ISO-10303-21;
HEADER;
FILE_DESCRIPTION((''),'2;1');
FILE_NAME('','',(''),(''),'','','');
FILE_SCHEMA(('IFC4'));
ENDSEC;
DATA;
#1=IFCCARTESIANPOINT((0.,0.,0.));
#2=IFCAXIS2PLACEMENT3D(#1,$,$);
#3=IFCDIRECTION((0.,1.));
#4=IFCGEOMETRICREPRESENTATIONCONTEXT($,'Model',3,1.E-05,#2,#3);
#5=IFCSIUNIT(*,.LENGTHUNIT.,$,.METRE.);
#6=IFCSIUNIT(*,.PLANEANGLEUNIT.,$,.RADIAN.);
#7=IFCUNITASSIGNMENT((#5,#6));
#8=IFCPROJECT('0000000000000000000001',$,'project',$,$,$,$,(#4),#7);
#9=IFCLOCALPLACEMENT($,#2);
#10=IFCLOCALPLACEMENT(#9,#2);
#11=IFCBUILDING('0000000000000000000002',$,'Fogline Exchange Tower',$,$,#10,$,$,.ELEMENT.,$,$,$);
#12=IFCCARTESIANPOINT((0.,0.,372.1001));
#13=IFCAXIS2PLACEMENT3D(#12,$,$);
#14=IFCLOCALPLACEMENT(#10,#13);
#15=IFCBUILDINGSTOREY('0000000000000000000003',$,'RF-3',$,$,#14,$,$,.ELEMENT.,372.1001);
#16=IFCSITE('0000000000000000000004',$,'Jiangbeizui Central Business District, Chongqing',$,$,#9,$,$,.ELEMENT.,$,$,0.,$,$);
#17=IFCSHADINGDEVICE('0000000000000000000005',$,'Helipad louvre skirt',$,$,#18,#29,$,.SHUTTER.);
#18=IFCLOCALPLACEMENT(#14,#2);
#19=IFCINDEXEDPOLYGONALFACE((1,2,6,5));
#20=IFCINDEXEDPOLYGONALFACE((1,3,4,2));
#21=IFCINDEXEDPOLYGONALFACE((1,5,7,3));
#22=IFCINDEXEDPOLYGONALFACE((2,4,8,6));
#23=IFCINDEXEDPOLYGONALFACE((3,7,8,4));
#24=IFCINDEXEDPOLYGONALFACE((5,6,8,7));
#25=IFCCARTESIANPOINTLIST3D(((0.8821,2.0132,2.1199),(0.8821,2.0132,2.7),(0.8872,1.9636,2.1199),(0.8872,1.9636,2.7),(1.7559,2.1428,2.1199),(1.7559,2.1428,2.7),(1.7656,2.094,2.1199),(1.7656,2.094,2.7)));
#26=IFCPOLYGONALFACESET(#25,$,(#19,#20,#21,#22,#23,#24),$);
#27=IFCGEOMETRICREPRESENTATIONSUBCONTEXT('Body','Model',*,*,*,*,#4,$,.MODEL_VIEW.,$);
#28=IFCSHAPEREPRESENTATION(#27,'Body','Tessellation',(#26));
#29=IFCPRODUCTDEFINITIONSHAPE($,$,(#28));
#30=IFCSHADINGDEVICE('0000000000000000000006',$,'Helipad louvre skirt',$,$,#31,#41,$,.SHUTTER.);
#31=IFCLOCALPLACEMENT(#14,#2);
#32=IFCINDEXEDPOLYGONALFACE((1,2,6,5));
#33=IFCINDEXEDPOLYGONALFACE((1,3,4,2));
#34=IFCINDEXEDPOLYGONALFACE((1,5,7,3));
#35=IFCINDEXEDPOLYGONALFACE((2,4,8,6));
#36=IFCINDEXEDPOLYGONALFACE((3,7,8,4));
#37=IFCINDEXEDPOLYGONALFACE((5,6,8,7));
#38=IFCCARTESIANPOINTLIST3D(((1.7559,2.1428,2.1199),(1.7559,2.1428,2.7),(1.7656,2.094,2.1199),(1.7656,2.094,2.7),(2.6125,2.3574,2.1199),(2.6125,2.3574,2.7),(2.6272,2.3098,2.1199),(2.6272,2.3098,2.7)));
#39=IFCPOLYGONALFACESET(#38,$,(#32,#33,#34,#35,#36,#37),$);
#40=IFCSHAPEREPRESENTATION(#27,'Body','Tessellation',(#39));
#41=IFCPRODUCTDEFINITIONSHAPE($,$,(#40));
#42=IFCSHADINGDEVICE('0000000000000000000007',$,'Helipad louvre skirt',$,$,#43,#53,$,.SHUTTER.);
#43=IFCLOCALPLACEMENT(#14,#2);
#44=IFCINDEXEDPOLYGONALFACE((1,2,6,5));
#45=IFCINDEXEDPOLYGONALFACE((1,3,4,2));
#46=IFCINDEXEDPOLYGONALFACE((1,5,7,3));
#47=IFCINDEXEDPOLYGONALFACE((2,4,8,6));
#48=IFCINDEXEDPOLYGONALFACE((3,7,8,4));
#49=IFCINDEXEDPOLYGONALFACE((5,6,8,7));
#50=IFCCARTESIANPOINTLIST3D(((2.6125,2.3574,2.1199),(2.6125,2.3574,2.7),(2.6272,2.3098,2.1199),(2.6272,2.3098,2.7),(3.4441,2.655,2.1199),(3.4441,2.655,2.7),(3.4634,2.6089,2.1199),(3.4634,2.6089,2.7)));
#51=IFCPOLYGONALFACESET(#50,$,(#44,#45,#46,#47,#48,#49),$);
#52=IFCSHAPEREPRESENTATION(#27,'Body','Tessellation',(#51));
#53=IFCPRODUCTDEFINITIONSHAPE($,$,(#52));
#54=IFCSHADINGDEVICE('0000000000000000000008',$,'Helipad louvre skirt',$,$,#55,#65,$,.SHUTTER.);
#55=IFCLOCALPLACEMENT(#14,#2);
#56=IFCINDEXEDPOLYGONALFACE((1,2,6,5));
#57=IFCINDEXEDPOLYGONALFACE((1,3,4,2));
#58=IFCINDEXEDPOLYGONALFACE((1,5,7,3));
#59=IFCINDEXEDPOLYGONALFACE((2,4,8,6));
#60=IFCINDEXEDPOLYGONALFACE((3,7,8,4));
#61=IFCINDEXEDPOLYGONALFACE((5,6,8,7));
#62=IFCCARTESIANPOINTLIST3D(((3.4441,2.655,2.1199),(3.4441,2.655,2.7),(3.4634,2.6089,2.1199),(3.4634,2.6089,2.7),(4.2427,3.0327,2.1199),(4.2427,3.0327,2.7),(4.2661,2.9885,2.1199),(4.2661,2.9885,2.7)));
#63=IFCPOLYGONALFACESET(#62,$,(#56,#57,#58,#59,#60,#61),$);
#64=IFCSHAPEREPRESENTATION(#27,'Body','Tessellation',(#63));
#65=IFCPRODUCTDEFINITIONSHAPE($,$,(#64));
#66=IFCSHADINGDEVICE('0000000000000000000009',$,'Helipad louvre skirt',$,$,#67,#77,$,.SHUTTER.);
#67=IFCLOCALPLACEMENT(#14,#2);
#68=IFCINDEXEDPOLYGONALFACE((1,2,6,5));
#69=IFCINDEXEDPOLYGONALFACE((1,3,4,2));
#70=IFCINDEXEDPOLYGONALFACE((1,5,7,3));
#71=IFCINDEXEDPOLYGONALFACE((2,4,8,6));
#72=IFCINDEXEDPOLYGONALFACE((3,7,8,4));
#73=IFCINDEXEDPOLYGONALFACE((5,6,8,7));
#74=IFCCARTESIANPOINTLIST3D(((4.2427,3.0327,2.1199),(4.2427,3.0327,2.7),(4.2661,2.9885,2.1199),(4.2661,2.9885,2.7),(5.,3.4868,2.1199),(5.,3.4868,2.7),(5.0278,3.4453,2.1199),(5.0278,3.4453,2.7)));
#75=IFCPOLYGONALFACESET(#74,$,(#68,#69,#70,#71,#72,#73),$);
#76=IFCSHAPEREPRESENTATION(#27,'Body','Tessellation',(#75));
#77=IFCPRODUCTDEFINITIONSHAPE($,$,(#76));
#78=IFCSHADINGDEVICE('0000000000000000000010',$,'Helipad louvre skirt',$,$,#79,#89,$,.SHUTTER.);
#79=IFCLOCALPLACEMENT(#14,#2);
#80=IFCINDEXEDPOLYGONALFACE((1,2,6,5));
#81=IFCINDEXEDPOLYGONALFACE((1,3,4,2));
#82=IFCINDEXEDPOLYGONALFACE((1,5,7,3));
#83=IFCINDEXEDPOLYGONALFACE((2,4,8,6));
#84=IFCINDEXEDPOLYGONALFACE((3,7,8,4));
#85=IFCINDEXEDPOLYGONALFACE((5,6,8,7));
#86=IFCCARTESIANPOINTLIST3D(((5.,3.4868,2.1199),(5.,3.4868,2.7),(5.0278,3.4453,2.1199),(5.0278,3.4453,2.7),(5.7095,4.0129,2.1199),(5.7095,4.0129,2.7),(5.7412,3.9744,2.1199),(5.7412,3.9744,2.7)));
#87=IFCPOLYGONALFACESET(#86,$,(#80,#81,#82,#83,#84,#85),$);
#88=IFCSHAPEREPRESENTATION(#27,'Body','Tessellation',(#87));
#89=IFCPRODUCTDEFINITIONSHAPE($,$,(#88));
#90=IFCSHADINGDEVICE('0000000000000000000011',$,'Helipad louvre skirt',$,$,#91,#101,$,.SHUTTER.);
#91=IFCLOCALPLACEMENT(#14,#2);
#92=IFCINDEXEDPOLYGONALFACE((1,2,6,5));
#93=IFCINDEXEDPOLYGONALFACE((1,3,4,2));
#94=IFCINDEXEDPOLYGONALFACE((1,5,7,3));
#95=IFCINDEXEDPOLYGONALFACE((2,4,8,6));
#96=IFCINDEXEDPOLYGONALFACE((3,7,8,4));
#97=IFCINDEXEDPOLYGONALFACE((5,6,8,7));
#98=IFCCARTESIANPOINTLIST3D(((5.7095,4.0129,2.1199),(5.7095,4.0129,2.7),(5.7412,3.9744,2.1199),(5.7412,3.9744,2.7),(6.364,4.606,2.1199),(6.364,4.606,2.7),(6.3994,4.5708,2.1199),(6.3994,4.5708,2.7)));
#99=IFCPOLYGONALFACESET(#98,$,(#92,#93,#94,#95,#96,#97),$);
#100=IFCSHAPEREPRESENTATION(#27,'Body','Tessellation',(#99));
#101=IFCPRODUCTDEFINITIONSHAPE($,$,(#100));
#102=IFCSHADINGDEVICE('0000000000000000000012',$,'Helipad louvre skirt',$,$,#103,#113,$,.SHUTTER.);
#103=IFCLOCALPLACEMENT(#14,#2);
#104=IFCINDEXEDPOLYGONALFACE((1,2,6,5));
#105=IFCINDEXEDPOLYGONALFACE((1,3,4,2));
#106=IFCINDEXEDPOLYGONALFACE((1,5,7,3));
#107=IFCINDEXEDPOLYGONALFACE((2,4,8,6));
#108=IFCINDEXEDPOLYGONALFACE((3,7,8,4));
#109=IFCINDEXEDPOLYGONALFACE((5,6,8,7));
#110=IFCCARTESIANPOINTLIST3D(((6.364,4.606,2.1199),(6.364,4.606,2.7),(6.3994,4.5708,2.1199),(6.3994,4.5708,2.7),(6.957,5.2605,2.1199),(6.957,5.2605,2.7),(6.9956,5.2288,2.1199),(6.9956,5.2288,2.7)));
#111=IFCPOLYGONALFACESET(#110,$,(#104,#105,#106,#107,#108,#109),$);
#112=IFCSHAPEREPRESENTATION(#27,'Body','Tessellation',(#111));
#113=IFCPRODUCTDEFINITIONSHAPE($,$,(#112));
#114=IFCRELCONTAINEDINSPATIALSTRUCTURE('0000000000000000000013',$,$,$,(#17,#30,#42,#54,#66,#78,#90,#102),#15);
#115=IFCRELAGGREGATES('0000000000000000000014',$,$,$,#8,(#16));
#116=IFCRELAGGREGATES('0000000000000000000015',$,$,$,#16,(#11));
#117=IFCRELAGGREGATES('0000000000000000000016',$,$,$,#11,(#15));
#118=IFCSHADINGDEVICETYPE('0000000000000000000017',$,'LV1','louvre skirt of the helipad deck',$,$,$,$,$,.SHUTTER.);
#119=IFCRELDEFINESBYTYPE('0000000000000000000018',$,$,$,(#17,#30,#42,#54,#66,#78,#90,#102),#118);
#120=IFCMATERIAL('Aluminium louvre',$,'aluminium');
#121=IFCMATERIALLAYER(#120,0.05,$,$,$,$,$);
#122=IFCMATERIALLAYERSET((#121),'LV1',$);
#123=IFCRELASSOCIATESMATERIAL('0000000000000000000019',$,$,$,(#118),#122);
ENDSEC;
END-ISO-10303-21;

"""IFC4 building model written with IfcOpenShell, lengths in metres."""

from ifc_helpers import new_model, si_unit, direction, frame, origin, place, context, subcontext, project, spatial, polyline, outline, extrude, material, layer, layer_set, type_object, element, save


model = new_model("IFC4")

# Units and contexts
model_context = context("Model", 3, precision=1e-05, world=origin(), true_north=direction((0.0, 1.0)))
body_context = subcontext(model_context, "Body", "Model", "MODEL_VIEW")
ifc_project = project(units=[si_unit("LENGTHUNIT", "METRE"), si_unit("PLANEANGLEUNIT", "RADIAN")], contexts=[model_context])

# Site, building, storey
site_placement = place(None, origin())
site = spatial("IfcSite", under=ifc_project, at=site_placement, Name="Jiangbeizui Central Business District, Chongqing", CompositionType="ELEMENT", RefElevation=0.0)
building_placement = place(site_placement, origin())
building = spatial("IfcBuilding", under=site, at=building_placement, Name="Fogline Exchange Tower", CompositionType="ELEMENT")
storey_placement = place(building_placement, frame((0.0, 0.0, 372.1001)))
storey = spatial("IfcBuildingStorey", under=building, at=storey_placement, Name="RF-3", CompositionType="ELEMENT", Elevation=372.1001)

# Shading devices
ifc_material_1 = material(Name="Aluminium louvre", Category="aluminium")
ifc_layer_1 = layer(ifc_material_1, 0.05)
ifc_layer_set_1 = layer_set([ifc_layer_1], Name="LV1")
shading_device_type = type_object("IfcShadingDeviceType", Name="LV1", Description="louvre skirt of the helipad deck", PredefinedType="SHUTTER", material=ifc_layer_set_1)
shading_device_1_placement = place(storey_placement, frame((0.0, 0.0, 2.1199)))
element("IfcShadingDevice", 1, at=shading_device_1_placement, inside=storey, type_object=shading_device_type, Name="Helipad louvre skirt", PredefinedType="SHUTTER", context=body_context, shape_type="SweptSolid", body=[
    extrude(outline(polyline([(0.8821, 2.0132), (0.8872, 1.9636), (1.7656, 2.094), (1.7559, 2.1428), (0.8821, 2.0132)])), origin(), (0.0, 0.0, 1.0), 0.5801),
])
shading_device_2_placement = place(storey_placement, frame((0.0, 0.0, 2.1199)))
element("IfcShadingDevice", 2, at=shading_device_2_placement, inside=storey, type_object=shading_device_type, Name="Helipad louvre skirt", PredefinedType="SHUTTER", context=body_context, shape_type="SweptSolid", body=[
    extrude(outline(polyline([(1.7559, 2.1428), (1.7656, 2.094), (2.6272, 2.3098), (2.6125, 2.3574), (1.7559, 2.1428)])), origin(), (0.0, 0.0, 1.0), 0.5801),
])
shading_device_3_placement = place(storey_placement, frame((0.0, 0.0, 2.1199)))
element("IfcShadingDevice", 3, at=shading_device_3_placement, inside=storey, type_object=shading_device_type, Name="Helipad louvre skirt", PredefinedType="SHUTTER", context=body_context, shape_type="SweptSolid", body=[
    extrude(outline(polyline([(2.6125, 2.3574), (2.6272, 2.3098), (3.4634, 2.6089), (3.4441, 2.655), (2.6125, 2.3574)])), origin(), (0.0, 0.0, 1.0), 0.5801),
])
shading_device_4_placement = place(storey_placement, frame((0.0, 0.0, 2.1199)))
element("IfcShadingDevice", 4, at=shading_device_4_placement, inside=storey, type_object=shading_device_type, Name="Helipad louvre skirt", PredefinedType="SHUTTER", context=body_context, shape_type="SweptSolid", body=[
    extrude(outline(polyline([(3.4441, 2.655), (3.4634, 2.6089), (4.2661, 2.9885), (4.2427, 3.0327), (3.4441, 2.655)])), origin(), (0.0, 0.0, 1.0), 0.5801),
])
shading_device_5_placement = place(storey_placement, frame((0.0, 0.0, 2.1199)))
element("IfcShadingDevice", 5, at=shading_device_5_placement, inside=storey, type_object=shading_device_type, Name="Helipad louvre skirt", PredefinedType="SHUTTER", context=body_context, shape_type="SweptSolid", body=[
    extrude(outline(polyline([(4.2427, 3.0327), (4.2661, 2.9885), (5.0278, 3.4453), (5.0, 3.4868), (4.2427, 3.0327)])), origin(), (0.0, 0.0, 1.0), 0.5801),
])
shading_device_6_placement = place(storey_placement, frame((0.0, 0.0, 2.1199)))
element("IfcShadingDevice", 6, at=shading_device_6_placement, inside=storey, type_object=shading_device_type, Name="Helipad louvre skirt", PredefinedType="SHUTTER", context=body_context, shape_type="SweptSolid", body=[
    extrude(outline(polyline([(5.0, 3.4868), (5.0278, 3.4453), (5.7412, 3.9744), (5.7095, 4.0129), (5.0, 3.4868)])), origin(), (0.0, 0.0, 1.0), 0.5801),
])
shading_device_7_placement = place(storey_placement, frame((0.0, 0.0, 2.1199)))
element("IfcShadingDevice", 7, at=shading_device_7_placement, inside=storey, type_object=shading_device_type, Name="Helipad louvre skirt", PredefinedType="SHUTTER", context=body_context, shape_type="SweptSolid", body=[
    extrude(outline(polyline([(5.7095, 4.0129), (5.7412, 3.9744), (6.3994, 4.5708), (6.364, 4.606), (5.7095, 4.0129)])), origin(), (0.0, 0.0, 1.0), 0.5801),
])
shading_device_8_placement = place(storey_placement, frame((0.0, 0.0, 2.1199)))
element("IfcShadingDevice", 8, at=shading_device_8_placement, inside=storey, type_object=shading_device_type, Name="Helipad louvre skirt", PredefinedType="SHUTTER", context=body_context, shape_type="SweptSolid", body=[
    extrude(outline(polyline([(6.364, 4.606), (6.3994, 4.5708), (6.9956, 5.2288), (6.957, 5.2605), (6.364, 4.606)])), origin(), (0.0, 0.0, 1.0), 0.5801),
])

save(model, "model.ifc")
